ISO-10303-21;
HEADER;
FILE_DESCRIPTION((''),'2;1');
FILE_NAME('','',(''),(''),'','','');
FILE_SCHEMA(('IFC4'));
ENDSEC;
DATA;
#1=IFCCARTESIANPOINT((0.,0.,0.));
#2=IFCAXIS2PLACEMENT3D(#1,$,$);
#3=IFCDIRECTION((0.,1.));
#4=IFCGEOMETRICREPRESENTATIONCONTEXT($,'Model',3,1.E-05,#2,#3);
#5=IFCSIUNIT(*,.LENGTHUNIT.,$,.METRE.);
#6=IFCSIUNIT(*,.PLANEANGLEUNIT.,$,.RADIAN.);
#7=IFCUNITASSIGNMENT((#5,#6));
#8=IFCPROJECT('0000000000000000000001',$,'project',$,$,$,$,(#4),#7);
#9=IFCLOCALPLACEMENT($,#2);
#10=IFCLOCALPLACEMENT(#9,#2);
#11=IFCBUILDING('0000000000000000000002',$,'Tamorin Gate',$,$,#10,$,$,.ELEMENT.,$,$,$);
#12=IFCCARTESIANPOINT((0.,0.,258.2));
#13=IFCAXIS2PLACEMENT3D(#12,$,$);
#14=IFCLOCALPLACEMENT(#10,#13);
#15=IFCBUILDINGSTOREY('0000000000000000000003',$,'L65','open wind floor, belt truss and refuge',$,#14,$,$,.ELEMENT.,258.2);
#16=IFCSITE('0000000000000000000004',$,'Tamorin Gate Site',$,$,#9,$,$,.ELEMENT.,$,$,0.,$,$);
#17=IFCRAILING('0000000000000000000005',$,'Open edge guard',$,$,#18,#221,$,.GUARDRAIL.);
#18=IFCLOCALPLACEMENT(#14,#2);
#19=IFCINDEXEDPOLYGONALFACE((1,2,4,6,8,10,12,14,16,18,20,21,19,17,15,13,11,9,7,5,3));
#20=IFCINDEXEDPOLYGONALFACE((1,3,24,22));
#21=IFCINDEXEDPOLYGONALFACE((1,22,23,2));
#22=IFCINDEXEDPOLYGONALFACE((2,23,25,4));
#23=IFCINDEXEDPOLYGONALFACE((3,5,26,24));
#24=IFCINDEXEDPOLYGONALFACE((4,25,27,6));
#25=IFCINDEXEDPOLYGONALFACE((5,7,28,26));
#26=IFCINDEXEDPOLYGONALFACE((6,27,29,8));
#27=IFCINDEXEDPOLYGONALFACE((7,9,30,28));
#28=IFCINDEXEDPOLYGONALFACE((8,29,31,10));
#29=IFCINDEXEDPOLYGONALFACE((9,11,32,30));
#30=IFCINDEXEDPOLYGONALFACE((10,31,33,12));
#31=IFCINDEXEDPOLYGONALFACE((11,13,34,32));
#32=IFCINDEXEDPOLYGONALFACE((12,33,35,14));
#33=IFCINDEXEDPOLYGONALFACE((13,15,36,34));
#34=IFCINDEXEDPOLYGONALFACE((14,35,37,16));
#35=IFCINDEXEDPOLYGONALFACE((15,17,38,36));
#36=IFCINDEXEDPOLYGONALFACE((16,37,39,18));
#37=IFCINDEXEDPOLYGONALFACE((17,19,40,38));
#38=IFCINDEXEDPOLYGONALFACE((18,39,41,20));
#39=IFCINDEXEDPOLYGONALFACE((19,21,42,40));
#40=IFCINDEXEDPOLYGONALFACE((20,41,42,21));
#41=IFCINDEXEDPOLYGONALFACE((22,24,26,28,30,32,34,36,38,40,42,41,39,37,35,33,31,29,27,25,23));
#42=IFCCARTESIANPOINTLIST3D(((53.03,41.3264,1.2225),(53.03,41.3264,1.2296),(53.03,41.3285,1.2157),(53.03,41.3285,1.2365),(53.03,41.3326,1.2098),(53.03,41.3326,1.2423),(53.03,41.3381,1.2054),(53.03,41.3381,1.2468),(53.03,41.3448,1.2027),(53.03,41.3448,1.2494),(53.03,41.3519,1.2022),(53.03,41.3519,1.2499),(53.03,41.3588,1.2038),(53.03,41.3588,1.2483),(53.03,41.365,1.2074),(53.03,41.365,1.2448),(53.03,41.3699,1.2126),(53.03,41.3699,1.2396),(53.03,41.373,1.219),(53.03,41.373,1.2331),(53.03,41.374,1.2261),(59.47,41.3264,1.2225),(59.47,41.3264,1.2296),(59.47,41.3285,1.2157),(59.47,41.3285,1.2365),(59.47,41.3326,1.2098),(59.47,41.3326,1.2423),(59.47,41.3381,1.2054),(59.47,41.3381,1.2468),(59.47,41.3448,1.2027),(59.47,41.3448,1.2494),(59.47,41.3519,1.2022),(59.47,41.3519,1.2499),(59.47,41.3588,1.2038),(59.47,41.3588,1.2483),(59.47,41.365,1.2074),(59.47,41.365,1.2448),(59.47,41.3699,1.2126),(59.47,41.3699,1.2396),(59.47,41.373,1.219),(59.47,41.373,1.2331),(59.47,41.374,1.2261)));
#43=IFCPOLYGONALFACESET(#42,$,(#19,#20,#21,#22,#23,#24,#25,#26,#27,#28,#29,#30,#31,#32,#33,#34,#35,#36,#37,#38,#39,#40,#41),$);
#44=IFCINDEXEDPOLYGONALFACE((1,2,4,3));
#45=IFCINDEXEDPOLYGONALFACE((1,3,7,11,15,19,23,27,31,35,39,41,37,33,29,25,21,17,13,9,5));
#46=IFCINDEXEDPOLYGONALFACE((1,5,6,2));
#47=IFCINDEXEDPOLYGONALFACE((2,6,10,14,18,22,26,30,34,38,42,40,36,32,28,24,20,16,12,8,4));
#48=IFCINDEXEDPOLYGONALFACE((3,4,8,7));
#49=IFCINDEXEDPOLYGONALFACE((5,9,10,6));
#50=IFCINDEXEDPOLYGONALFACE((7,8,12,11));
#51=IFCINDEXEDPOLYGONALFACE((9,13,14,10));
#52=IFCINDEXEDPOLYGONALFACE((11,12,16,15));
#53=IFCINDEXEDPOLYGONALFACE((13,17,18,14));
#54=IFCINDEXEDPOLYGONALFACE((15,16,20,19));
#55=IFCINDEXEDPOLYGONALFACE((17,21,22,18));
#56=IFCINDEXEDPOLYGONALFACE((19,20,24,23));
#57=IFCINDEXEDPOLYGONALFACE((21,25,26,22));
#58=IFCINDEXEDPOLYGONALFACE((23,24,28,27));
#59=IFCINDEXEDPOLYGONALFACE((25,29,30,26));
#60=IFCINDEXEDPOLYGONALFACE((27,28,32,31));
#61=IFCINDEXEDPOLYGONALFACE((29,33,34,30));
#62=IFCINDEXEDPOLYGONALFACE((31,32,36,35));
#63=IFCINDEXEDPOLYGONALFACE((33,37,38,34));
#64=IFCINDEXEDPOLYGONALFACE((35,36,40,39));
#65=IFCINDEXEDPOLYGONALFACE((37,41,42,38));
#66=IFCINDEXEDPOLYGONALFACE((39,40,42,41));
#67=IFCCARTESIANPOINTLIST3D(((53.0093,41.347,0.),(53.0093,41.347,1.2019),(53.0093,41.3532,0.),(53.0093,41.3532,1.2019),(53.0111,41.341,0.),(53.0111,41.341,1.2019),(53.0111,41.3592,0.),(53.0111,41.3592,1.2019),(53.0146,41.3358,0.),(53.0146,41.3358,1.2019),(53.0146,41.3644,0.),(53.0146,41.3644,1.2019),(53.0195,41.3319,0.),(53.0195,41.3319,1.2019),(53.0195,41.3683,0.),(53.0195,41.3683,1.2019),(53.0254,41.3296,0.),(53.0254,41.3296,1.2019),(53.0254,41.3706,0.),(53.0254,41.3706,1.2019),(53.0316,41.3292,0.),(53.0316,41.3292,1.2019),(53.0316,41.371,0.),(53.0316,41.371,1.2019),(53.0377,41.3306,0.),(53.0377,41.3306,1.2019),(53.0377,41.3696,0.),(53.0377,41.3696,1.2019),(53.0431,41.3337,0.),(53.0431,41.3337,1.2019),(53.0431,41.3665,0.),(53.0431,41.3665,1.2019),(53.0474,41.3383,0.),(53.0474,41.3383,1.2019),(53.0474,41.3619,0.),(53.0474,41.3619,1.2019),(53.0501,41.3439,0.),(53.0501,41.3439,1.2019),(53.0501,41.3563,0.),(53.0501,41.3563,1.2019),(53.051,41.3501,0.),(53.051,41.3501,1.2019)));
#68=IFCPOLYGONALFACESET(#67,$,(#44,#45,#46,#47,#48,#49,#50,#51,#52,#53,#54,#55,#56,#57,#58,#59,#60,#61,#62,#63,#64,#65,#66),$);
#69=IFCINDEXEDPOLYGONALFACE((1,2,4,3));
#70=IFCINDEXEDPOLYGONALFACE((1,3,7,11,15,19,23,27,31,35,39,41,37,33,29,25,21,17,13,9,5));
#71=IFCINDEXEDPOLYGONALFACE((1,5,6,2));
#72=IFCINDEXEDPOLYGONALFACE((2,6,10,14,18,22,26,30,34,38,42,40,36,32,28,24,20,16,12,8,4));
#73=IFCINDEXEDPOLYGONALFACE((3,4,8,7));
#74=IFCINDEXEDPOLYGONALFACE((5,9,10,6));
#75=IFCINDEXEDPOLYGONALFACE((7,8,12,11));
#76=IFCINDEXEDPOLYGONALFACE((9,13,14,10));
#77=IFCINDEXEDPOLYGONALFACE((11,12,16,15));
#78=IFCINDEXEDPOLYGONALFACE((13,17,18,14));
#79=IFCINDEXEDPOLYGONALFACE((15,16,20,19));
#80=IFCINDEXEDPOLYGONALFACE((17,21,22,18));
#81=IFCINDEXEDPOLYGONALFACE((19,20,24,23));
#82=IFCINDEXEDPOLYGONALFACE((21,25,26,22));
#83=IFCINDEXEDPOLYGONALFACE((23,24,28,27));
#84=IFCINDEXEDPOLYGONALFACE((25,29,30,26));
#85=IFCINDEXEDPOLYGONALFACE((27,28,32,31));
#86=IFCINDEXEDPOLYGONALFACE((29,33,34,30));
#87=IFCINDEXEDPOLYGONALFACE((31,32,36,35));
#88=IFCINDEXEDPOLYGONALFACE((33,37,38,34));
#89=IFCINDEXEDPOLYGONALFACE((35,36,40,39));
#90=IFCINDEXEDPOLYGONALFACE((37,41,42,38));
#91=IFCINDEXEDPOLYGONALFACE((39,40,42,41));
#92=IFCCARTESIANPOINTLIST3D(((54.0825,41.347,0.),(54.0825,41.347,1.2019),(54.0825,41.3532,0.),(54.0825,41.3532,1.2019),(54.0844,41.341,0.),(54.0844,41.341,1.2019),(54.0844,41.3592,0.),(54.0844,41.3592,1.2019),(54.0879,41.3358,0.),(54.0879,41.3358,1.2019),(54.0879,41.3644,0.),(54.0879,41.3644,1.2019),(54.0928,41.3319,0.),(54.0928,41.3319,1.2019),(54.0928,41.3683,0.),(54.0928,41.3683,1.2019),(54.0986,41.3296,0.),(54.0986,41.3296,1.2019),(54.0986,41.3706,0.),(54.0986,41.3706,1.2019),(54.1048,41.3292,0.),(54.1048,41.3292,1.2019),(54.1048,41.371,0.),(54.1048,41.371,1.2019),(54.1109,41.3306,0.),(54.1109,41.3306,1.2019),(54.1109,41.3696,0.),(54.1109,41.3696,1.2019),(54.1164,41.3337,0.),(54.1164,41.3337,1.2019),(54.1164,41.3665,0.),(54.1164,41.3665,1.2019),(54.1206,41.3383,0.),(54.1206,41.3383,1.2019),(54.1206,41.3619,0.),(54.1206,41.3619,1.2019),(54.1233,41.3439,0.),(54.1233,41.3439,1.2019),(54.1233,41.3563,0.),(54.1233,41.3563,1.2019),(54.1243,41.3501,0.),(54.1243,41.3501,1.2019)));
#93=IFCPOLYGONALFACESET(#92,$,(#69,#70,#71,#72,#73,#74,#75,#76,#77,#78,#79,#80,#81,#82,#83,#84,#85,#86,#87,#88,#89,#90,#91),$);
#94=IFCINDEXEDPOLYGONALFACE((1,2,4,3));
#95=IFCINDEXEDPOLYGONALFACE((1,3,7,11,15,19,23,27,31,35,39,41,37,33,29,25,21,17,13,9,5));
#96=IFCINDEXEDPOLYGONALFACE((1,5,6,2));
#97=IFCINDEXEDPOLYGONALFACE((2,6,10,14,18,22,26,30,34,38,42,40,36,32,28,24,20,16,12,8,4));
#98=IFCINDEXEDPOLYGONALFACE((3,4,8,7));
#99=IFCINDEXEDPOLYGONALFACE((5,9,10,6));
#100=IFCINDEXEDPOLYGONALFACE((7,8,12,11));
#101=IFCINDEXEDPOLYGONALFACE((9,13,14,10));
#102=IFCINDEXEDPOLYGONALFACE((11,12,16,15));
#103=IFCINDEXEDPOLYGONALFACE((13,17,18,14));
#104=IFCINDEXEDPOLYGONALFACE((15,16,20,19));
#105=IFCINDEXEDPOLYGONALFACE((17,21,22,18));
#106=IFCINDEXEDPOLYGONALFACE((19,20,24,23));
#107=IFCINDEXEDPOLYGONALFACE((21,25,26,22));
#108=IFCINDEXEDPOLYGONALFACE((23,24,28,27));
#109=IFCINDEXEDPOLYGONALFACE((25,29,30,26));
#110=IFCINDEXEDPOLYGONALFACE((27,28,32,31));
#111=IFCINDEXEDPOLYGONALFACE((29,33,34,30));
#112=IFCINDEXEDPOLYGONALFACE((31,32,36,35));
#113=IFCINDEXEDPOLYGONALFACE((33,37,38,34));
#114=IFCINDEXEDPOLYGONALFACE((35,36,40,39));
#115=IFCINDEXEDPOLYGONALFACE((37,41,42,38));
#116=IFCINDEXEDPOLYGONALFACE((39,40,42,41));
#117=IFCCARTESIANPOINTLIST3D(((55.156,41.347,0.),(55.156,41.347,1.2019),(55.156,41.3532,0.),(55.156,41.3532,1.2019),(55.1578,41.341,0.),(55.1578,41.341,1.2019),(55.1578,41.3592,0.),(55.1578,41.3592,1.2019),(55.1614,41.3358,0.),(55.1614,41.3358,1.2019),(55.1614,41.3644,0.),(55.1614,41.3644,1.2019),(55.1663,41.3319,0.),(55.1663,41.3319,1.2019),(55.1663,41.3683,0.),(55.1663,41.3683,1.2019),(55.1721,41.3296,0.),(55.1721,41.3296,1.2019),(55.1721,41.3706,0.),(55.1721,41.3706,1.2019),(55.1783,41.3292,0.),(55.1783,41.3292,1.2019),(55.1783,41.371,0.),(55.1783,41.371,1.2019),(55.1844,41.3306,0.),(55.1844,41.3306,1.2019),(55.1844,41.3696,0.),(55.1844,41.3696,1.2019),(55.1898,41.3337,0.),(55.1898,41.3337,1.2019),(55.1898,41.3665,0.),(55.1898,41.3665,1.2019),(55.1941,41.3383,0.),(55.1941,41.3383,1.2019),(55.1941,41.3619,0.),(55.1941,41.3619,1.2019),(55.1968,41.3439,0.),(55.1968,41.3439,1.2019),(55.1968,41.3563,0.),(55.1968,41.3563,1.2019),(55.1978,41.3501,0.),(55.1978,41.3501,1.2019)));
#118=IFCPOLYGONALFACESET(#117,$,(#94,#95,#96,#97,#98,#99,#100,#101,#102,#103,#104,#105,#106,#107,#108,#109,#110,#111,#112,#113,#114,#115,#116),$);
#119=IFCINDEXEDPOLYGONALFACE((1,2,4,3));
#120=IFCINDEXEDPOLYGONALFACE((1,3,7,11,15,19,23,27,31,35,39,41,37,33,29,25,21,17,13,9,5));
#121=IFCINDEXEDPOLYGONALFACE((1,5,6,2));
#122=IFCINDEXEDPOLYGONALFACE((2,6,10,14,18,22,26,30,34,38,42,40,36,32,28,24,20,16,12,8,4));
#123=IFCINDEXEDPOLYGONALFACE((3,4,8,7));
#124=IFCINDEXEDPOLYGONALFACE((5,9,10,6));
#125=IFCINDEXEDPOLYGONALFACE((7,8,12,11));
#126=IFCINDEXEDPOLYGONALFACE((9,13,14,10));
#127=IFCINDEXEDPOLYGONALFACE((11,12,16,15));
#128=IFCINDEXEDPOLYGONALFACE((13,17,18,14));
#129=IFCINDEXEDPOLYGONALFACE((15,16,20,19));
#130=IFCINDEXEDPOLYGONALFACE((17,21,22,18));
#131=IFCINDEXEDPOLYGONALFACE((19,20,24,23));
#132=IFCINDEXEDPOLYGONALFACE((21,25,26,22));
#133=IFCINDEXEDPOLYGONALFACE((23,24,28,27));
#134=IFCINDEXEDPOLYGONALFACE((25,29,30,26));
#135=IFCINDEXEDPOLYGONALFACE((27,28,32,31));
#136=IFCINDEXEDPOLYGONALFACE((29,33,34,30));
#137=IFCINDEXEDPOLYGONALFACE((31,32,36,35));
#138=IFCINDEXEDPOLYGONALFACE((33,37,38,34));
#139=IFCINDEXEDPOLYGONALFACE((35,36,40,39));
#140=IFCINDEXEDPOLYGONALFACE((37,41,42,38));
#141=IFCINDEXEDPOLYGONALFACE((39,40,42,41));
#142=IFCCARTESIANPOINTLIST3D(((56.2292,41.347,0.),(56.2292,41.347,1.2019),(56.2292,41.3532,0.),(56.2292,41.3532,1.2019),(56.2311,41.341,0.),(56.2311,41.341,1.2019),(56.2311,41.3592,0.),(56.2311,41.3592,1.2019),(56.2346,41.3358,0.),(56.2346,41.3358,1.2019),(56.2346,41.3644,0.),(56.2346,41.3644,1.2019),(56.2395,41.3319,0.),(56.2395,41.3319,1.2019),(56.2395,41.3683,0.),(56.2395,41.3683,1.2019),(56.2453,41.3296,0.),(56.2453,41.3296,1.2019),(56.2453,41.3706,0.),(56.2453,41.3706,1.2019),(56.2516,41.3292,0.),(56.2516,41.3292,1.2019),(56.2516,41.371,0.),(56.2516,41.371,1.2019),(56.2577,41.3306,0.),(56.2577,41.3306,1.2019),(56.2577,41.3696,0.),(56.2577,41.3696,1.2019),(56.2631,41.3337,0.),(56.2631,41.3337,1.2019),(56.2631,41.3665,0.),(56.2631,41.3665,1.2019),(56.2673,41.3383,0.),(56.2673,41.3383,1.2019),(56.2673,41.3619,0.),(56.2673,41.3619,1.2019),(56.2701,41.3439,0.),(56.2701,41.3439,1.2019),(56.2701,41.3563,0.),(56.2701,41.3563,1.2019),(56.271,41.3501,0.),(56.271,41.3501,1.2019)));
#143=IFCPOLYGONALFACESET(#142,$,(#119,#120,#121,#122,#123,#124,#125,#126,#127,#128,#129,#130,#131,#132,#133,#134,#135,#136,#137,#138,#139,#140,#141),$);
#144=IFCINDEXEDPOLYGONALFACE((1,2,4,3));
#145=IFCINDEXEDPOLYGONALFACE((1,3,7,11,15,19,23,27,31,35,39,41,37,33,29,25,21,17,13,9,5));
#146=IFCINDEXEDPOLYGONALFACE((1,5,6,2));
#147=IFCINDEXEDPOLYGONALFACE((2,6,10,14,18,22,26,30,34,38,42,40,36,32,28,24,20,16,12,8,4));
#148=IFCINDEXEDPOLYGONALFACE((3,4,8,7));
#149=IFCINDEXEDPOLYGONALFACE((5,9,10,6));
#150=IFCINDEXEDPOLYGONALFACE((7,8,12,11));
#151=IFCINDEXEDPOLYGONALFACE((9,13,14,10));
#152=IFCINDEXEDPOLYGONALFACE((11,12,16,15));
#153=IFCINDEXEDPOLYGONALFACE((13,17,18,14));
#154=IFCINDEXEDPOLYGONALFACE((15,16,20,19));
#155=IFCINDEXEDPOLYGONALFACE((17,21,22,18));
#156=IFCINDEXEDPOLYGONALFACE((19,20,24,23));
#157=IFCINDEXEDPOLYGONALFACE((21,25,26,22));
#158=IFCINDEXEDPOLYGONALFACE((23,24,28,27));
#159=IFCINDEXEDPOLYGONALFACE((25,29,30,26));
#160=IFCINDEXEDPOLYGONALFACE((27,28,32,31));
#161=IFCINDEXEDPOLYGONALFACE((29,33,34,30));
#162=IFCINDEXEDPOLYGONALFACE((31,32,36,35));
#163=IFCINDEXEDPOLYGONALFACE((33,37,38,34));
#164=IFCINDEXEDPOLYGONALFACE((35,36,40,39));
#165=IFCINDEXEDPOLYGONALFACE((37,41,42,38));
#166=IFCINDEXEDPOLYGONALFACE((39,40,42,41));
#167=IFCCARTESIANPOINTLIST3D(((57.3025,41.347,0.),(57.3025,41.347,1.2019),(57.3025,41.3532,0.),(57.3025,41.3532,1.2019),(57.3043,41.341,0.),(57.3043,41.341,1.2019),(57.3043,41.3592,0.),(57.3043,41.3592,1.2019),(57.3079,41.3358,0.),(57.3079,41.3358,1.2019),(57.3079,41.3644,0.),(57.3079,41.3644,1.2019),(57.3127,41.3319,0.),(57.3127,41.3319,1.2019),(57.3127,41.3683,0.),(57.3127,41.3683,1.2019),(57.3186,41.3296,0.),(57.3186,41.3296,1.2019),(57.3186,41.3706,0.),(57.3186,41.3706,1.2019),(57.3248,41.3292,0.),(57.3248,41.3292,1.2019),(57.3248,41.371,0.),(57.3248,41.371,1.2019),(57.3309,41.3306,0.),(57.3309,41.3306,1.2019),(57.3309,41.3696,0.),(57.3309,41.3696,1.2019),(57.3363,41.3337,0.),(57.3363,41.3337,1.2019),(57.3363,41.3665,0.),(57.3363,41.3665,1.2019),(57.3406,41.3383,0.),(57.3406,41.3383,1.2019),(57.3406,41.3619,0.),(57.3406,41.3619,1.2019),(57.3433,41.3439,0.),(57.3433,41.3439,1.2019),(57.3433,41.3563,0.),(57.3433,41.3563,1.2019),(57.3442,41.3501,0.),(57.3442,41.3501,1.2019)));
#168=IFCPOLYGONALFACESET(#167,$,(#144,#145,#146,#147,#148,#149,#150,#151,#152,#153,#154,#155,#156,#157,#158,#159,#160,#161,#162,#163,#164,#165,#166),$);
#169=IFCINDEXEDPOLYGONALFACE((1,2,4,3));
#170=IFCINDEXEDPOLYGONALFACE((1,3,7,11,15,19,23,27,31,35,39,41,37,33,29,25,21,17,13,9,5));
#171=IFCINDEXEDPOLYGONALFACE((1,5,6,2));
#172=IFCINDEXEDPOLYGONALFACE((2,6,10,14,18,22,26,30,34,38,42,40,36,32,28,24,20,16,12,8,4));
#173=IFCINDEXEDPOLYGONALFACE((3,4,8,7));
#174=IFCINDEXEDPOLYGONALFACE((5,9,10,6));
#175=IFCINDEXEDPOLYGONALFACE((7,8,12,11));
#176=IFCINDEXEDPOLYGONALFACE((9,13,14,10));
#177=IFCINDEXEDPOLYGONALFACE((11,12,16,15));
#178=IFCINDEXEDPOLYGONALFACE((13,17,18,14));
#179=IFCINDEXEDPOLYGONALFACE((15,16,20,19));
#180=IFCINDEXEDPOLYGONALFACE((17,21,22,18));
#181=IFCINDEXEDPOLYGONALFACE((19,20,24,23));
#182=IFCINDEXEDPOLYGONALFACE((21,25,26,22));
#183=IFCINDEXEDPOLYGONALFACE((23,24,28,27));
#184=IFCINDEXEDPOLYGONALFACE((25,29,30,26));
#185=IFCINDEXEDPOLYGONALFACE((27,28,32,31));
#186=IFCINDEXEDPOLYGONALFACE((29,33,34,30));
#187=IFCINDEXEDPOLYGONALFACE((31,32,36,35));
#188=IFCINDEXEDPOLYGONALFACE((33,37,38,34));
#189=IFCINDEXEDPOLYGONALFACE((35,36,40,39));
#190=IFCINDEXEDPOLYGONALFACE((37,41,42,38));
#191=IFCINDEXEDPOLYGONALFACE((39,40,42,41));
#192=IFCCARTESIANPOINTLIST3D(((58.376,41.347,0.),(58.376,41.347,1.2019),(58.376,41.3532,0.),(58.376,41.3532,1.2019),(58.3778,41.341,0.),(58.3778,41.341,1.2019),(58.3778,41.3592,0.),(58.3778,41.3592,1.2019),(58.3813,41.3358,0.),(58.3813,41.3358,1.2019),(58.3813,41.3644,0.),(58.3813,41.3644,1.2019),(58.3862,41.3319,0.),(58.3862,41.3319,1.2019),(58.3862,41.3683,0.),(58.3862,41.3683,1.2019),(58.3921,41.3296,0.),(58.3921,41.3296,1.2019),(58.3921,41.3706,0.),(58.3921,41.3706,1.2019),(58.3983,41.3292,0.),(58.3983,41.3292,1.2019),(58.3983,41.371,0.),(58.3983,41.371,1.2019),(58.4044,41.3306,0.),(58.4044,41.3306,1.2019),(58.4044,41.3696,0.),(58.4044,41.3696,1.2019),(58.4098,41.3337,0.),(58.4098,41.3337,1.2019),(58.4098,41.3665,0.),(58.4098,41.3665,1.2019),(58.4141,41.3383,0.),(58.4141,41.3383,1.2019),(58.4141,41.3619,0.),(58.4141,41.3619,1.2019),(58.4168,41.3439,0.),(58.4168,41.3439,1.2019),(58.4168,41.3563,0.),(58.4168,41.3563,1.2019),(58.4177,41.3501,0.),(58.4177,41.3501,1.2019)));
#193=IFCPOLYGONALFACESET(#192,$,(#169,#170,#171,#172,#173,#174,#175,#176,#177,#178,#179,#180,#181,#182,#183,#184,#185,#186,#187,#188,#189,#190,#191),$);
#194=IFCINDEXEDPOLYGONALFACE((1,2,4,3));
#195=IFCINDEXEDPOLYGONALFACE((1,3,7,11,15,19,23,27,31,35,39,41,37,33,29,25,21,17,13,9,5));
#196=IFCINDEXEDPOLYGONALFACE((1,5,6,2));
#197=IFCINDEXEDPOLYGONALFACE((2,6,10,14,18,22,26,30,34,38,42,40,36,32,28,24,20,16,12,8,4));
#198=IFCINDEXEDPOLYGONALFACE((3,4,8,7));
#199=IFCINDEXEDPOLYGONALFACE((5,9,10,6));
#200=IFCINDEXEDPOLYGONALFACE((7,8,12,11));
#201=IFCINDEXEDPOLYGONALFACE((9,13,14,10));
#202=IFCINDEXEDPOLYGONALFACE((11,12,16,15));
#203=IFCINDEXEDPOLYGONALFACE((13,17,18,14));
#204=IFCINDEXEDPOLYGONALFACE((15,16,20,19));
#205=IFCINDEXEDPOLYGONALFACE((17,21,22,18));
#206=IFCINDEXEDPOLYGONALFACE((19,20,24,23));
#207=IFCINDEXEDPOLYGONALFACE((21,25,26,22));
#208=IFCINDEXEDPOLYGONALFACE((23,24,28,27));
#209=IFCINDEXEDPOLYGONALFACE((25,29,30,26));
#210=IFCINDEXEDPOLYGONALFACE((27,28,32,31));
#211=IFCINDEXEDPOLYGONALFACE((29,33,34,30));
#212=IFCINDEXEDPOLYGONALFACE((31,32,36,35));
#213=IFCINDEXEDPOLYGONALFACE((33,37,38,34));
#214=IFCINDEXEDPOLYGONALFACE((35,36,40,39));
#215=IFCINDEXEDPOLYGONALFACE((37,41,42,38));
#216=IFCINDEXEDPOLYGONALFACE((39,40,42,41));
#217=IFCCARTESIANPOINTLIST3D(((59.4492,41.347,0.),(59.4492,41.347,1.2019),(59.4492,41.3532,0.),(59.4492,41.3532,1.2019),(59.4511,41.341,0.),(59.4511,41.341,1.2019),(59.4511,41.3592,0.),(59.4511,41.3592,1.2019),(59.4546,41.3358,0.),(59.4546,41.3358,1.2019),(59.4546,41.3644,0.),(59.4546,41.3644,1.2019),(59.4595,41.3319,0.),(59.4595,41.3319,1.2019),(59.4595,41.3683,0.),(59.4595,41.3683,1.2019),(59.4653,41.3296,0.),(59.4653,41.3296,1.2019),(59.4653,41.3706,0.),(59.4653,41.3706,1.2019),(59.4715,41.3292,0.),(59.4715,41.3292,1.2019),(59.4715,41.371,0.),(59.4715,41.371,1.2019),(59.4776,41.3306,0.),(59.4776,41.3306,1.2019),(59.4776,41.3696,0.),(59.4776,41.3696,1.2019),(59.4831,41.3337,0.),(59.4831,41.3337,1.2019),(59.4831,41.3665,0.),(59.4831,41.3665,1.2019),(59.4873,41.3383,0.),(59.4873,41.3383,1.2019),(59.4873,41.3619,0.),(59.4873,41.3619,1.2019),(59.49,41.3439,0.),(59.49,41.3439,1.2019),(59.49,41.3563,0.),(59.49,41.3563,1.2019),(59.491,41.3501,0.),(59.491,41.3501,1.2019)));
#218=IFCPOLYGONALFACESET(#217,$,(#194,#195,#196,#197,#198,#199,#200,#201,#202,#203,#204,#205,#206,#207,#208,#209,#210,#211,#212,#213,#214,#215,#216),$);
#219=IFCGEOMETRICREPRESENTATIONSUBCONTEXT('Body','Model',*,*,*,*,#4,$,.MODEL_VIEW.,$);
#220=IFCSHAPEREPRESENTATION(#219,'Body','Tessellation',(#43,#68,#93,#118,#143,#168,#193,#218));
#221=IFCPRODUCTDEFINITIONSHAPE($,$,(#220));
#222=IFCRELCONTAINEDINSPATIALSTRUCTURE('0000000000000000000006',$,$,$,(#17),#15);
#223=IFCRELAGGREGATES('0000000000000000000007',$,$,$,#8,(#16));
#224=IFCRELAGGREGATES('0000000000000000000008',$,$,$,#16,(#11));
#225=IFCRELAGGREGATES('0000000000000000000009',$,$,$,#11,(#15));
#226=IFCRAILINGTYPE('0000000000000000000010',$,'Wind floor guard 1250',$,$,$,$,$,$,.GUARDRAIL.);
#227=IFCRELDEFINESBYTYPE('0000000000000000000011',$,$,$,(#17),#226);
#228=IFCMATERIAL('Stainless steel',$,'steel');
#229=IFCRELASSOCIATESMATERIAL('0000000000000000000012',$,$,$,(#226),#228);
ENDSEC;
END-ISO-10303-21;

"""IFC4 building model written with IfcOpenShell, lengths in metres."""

from ifc_helpers import new_model, si_unit, direction, frame, origin, origin_2d, place, context, subcontext, project, spatial, circle, extrude, material, type_object, element, save


model = new_model("IFC4")

# Units and contexts
model_context = context("Model", 3, precision=1e-05, world=origin(), true_north=direction((0.0, 1.0)))
body_context = subcontext(model_context, "Body", "Model", "MODEL_VIEW")
ifc_project = project(units=[si_unit("LENGTHUNIT", "METRE"), si_unit("PLANEANGLEUNIT", "RADIAN")], contexts=[model_context])

# Site, building, storey
site_placement = place(None, origin())
site = spatial("IfcSite", under=ifc_project, at=site_placement, Name="Tamorin Gate Site", CompositionType="ELEMENT", RefElevation=0.0)
building_placement = place(site_placement, origin())
building = spatial("IfcBuilding", under=site, at=building_placement, Name="Tamorin Gate", CompositionType="ELEMENT")
storey_placement = place(building_placement, frame((0.0, 0.0, 258.2)))
storey = spatial("IfcBuildingStorey", under=building, at=storey_placement, Name="L65", Description="open wind floor, belt truss and refuge", CompositionType="ELEMENT", Elevation=258.2)

# Railing
ifc_material_1 = material(Name="Stainless steel", Category="steel")
railing_type_1 = type_object("IfcRailingType", Name="Wind floor guard 1250", PredefinedType="GUARDRAIL", material=ifc_material_1)
railing_1_placement = place(storey_placement, frame((53.03, 41.3501, 0.0)))
element("IfcRailing", 1, at=railing_1_placement, inside=storey, type_object=railing_type_1, Name="Open edge guard", PredefinedType="GUARDRAIL", context=body_context, shape_type="SweptSolid", body=[
    extrude(circle(Radius=0.0239, at=origin_2d()), frame((0.0, 0.0, 1.2261), z_axis=(1.0, 0.0, 0.0), x_axis=(0.0, 1.0, 0.0)), (0.0, 0.0, 1.0), 6.4399),
    extrude(circle(Radius=0.021, at=origin_2d()), origin(), (0.0, 0.0, 1.0), 1.2019),
    extrude(circle(Radius=0.021, at=origin_2d()), frame((1.0732, 0.0, 0.0)), (0.0, 0.0, 1.0), 1.2019),
    extrude(circle(Radius=0.021, at=origin_2d()), frame((2.1467, 0.0, 0.0)), (0.0, 0.0, 1.0), 1.2019),
    extrude(circle(Radius=0.021, at=origin_2d()), frame((3.22, 0.0, 0.0)), (0.0, 0.0, 1.0), 1.2019),
    extrude(circle(Radius=0.021, at=origin_2d()), frame((4.2932, 0.0, 0.0)), (0.0, 0.0, 1.0), 1.2019),
    extrude(circle(Radius=0.021, at=origin_2d()), frame((5.3667, 0.0, 0.0)), (0.0, 0.0, 1.0), 1.2019),
    extrude(circle(Radius=0.021, at=origin_2d()), frame((6.4399, 0.0, 0.0)), (0.0, 0.0, 1.0), 1.2019),
])

save(model, "model.ifc")
